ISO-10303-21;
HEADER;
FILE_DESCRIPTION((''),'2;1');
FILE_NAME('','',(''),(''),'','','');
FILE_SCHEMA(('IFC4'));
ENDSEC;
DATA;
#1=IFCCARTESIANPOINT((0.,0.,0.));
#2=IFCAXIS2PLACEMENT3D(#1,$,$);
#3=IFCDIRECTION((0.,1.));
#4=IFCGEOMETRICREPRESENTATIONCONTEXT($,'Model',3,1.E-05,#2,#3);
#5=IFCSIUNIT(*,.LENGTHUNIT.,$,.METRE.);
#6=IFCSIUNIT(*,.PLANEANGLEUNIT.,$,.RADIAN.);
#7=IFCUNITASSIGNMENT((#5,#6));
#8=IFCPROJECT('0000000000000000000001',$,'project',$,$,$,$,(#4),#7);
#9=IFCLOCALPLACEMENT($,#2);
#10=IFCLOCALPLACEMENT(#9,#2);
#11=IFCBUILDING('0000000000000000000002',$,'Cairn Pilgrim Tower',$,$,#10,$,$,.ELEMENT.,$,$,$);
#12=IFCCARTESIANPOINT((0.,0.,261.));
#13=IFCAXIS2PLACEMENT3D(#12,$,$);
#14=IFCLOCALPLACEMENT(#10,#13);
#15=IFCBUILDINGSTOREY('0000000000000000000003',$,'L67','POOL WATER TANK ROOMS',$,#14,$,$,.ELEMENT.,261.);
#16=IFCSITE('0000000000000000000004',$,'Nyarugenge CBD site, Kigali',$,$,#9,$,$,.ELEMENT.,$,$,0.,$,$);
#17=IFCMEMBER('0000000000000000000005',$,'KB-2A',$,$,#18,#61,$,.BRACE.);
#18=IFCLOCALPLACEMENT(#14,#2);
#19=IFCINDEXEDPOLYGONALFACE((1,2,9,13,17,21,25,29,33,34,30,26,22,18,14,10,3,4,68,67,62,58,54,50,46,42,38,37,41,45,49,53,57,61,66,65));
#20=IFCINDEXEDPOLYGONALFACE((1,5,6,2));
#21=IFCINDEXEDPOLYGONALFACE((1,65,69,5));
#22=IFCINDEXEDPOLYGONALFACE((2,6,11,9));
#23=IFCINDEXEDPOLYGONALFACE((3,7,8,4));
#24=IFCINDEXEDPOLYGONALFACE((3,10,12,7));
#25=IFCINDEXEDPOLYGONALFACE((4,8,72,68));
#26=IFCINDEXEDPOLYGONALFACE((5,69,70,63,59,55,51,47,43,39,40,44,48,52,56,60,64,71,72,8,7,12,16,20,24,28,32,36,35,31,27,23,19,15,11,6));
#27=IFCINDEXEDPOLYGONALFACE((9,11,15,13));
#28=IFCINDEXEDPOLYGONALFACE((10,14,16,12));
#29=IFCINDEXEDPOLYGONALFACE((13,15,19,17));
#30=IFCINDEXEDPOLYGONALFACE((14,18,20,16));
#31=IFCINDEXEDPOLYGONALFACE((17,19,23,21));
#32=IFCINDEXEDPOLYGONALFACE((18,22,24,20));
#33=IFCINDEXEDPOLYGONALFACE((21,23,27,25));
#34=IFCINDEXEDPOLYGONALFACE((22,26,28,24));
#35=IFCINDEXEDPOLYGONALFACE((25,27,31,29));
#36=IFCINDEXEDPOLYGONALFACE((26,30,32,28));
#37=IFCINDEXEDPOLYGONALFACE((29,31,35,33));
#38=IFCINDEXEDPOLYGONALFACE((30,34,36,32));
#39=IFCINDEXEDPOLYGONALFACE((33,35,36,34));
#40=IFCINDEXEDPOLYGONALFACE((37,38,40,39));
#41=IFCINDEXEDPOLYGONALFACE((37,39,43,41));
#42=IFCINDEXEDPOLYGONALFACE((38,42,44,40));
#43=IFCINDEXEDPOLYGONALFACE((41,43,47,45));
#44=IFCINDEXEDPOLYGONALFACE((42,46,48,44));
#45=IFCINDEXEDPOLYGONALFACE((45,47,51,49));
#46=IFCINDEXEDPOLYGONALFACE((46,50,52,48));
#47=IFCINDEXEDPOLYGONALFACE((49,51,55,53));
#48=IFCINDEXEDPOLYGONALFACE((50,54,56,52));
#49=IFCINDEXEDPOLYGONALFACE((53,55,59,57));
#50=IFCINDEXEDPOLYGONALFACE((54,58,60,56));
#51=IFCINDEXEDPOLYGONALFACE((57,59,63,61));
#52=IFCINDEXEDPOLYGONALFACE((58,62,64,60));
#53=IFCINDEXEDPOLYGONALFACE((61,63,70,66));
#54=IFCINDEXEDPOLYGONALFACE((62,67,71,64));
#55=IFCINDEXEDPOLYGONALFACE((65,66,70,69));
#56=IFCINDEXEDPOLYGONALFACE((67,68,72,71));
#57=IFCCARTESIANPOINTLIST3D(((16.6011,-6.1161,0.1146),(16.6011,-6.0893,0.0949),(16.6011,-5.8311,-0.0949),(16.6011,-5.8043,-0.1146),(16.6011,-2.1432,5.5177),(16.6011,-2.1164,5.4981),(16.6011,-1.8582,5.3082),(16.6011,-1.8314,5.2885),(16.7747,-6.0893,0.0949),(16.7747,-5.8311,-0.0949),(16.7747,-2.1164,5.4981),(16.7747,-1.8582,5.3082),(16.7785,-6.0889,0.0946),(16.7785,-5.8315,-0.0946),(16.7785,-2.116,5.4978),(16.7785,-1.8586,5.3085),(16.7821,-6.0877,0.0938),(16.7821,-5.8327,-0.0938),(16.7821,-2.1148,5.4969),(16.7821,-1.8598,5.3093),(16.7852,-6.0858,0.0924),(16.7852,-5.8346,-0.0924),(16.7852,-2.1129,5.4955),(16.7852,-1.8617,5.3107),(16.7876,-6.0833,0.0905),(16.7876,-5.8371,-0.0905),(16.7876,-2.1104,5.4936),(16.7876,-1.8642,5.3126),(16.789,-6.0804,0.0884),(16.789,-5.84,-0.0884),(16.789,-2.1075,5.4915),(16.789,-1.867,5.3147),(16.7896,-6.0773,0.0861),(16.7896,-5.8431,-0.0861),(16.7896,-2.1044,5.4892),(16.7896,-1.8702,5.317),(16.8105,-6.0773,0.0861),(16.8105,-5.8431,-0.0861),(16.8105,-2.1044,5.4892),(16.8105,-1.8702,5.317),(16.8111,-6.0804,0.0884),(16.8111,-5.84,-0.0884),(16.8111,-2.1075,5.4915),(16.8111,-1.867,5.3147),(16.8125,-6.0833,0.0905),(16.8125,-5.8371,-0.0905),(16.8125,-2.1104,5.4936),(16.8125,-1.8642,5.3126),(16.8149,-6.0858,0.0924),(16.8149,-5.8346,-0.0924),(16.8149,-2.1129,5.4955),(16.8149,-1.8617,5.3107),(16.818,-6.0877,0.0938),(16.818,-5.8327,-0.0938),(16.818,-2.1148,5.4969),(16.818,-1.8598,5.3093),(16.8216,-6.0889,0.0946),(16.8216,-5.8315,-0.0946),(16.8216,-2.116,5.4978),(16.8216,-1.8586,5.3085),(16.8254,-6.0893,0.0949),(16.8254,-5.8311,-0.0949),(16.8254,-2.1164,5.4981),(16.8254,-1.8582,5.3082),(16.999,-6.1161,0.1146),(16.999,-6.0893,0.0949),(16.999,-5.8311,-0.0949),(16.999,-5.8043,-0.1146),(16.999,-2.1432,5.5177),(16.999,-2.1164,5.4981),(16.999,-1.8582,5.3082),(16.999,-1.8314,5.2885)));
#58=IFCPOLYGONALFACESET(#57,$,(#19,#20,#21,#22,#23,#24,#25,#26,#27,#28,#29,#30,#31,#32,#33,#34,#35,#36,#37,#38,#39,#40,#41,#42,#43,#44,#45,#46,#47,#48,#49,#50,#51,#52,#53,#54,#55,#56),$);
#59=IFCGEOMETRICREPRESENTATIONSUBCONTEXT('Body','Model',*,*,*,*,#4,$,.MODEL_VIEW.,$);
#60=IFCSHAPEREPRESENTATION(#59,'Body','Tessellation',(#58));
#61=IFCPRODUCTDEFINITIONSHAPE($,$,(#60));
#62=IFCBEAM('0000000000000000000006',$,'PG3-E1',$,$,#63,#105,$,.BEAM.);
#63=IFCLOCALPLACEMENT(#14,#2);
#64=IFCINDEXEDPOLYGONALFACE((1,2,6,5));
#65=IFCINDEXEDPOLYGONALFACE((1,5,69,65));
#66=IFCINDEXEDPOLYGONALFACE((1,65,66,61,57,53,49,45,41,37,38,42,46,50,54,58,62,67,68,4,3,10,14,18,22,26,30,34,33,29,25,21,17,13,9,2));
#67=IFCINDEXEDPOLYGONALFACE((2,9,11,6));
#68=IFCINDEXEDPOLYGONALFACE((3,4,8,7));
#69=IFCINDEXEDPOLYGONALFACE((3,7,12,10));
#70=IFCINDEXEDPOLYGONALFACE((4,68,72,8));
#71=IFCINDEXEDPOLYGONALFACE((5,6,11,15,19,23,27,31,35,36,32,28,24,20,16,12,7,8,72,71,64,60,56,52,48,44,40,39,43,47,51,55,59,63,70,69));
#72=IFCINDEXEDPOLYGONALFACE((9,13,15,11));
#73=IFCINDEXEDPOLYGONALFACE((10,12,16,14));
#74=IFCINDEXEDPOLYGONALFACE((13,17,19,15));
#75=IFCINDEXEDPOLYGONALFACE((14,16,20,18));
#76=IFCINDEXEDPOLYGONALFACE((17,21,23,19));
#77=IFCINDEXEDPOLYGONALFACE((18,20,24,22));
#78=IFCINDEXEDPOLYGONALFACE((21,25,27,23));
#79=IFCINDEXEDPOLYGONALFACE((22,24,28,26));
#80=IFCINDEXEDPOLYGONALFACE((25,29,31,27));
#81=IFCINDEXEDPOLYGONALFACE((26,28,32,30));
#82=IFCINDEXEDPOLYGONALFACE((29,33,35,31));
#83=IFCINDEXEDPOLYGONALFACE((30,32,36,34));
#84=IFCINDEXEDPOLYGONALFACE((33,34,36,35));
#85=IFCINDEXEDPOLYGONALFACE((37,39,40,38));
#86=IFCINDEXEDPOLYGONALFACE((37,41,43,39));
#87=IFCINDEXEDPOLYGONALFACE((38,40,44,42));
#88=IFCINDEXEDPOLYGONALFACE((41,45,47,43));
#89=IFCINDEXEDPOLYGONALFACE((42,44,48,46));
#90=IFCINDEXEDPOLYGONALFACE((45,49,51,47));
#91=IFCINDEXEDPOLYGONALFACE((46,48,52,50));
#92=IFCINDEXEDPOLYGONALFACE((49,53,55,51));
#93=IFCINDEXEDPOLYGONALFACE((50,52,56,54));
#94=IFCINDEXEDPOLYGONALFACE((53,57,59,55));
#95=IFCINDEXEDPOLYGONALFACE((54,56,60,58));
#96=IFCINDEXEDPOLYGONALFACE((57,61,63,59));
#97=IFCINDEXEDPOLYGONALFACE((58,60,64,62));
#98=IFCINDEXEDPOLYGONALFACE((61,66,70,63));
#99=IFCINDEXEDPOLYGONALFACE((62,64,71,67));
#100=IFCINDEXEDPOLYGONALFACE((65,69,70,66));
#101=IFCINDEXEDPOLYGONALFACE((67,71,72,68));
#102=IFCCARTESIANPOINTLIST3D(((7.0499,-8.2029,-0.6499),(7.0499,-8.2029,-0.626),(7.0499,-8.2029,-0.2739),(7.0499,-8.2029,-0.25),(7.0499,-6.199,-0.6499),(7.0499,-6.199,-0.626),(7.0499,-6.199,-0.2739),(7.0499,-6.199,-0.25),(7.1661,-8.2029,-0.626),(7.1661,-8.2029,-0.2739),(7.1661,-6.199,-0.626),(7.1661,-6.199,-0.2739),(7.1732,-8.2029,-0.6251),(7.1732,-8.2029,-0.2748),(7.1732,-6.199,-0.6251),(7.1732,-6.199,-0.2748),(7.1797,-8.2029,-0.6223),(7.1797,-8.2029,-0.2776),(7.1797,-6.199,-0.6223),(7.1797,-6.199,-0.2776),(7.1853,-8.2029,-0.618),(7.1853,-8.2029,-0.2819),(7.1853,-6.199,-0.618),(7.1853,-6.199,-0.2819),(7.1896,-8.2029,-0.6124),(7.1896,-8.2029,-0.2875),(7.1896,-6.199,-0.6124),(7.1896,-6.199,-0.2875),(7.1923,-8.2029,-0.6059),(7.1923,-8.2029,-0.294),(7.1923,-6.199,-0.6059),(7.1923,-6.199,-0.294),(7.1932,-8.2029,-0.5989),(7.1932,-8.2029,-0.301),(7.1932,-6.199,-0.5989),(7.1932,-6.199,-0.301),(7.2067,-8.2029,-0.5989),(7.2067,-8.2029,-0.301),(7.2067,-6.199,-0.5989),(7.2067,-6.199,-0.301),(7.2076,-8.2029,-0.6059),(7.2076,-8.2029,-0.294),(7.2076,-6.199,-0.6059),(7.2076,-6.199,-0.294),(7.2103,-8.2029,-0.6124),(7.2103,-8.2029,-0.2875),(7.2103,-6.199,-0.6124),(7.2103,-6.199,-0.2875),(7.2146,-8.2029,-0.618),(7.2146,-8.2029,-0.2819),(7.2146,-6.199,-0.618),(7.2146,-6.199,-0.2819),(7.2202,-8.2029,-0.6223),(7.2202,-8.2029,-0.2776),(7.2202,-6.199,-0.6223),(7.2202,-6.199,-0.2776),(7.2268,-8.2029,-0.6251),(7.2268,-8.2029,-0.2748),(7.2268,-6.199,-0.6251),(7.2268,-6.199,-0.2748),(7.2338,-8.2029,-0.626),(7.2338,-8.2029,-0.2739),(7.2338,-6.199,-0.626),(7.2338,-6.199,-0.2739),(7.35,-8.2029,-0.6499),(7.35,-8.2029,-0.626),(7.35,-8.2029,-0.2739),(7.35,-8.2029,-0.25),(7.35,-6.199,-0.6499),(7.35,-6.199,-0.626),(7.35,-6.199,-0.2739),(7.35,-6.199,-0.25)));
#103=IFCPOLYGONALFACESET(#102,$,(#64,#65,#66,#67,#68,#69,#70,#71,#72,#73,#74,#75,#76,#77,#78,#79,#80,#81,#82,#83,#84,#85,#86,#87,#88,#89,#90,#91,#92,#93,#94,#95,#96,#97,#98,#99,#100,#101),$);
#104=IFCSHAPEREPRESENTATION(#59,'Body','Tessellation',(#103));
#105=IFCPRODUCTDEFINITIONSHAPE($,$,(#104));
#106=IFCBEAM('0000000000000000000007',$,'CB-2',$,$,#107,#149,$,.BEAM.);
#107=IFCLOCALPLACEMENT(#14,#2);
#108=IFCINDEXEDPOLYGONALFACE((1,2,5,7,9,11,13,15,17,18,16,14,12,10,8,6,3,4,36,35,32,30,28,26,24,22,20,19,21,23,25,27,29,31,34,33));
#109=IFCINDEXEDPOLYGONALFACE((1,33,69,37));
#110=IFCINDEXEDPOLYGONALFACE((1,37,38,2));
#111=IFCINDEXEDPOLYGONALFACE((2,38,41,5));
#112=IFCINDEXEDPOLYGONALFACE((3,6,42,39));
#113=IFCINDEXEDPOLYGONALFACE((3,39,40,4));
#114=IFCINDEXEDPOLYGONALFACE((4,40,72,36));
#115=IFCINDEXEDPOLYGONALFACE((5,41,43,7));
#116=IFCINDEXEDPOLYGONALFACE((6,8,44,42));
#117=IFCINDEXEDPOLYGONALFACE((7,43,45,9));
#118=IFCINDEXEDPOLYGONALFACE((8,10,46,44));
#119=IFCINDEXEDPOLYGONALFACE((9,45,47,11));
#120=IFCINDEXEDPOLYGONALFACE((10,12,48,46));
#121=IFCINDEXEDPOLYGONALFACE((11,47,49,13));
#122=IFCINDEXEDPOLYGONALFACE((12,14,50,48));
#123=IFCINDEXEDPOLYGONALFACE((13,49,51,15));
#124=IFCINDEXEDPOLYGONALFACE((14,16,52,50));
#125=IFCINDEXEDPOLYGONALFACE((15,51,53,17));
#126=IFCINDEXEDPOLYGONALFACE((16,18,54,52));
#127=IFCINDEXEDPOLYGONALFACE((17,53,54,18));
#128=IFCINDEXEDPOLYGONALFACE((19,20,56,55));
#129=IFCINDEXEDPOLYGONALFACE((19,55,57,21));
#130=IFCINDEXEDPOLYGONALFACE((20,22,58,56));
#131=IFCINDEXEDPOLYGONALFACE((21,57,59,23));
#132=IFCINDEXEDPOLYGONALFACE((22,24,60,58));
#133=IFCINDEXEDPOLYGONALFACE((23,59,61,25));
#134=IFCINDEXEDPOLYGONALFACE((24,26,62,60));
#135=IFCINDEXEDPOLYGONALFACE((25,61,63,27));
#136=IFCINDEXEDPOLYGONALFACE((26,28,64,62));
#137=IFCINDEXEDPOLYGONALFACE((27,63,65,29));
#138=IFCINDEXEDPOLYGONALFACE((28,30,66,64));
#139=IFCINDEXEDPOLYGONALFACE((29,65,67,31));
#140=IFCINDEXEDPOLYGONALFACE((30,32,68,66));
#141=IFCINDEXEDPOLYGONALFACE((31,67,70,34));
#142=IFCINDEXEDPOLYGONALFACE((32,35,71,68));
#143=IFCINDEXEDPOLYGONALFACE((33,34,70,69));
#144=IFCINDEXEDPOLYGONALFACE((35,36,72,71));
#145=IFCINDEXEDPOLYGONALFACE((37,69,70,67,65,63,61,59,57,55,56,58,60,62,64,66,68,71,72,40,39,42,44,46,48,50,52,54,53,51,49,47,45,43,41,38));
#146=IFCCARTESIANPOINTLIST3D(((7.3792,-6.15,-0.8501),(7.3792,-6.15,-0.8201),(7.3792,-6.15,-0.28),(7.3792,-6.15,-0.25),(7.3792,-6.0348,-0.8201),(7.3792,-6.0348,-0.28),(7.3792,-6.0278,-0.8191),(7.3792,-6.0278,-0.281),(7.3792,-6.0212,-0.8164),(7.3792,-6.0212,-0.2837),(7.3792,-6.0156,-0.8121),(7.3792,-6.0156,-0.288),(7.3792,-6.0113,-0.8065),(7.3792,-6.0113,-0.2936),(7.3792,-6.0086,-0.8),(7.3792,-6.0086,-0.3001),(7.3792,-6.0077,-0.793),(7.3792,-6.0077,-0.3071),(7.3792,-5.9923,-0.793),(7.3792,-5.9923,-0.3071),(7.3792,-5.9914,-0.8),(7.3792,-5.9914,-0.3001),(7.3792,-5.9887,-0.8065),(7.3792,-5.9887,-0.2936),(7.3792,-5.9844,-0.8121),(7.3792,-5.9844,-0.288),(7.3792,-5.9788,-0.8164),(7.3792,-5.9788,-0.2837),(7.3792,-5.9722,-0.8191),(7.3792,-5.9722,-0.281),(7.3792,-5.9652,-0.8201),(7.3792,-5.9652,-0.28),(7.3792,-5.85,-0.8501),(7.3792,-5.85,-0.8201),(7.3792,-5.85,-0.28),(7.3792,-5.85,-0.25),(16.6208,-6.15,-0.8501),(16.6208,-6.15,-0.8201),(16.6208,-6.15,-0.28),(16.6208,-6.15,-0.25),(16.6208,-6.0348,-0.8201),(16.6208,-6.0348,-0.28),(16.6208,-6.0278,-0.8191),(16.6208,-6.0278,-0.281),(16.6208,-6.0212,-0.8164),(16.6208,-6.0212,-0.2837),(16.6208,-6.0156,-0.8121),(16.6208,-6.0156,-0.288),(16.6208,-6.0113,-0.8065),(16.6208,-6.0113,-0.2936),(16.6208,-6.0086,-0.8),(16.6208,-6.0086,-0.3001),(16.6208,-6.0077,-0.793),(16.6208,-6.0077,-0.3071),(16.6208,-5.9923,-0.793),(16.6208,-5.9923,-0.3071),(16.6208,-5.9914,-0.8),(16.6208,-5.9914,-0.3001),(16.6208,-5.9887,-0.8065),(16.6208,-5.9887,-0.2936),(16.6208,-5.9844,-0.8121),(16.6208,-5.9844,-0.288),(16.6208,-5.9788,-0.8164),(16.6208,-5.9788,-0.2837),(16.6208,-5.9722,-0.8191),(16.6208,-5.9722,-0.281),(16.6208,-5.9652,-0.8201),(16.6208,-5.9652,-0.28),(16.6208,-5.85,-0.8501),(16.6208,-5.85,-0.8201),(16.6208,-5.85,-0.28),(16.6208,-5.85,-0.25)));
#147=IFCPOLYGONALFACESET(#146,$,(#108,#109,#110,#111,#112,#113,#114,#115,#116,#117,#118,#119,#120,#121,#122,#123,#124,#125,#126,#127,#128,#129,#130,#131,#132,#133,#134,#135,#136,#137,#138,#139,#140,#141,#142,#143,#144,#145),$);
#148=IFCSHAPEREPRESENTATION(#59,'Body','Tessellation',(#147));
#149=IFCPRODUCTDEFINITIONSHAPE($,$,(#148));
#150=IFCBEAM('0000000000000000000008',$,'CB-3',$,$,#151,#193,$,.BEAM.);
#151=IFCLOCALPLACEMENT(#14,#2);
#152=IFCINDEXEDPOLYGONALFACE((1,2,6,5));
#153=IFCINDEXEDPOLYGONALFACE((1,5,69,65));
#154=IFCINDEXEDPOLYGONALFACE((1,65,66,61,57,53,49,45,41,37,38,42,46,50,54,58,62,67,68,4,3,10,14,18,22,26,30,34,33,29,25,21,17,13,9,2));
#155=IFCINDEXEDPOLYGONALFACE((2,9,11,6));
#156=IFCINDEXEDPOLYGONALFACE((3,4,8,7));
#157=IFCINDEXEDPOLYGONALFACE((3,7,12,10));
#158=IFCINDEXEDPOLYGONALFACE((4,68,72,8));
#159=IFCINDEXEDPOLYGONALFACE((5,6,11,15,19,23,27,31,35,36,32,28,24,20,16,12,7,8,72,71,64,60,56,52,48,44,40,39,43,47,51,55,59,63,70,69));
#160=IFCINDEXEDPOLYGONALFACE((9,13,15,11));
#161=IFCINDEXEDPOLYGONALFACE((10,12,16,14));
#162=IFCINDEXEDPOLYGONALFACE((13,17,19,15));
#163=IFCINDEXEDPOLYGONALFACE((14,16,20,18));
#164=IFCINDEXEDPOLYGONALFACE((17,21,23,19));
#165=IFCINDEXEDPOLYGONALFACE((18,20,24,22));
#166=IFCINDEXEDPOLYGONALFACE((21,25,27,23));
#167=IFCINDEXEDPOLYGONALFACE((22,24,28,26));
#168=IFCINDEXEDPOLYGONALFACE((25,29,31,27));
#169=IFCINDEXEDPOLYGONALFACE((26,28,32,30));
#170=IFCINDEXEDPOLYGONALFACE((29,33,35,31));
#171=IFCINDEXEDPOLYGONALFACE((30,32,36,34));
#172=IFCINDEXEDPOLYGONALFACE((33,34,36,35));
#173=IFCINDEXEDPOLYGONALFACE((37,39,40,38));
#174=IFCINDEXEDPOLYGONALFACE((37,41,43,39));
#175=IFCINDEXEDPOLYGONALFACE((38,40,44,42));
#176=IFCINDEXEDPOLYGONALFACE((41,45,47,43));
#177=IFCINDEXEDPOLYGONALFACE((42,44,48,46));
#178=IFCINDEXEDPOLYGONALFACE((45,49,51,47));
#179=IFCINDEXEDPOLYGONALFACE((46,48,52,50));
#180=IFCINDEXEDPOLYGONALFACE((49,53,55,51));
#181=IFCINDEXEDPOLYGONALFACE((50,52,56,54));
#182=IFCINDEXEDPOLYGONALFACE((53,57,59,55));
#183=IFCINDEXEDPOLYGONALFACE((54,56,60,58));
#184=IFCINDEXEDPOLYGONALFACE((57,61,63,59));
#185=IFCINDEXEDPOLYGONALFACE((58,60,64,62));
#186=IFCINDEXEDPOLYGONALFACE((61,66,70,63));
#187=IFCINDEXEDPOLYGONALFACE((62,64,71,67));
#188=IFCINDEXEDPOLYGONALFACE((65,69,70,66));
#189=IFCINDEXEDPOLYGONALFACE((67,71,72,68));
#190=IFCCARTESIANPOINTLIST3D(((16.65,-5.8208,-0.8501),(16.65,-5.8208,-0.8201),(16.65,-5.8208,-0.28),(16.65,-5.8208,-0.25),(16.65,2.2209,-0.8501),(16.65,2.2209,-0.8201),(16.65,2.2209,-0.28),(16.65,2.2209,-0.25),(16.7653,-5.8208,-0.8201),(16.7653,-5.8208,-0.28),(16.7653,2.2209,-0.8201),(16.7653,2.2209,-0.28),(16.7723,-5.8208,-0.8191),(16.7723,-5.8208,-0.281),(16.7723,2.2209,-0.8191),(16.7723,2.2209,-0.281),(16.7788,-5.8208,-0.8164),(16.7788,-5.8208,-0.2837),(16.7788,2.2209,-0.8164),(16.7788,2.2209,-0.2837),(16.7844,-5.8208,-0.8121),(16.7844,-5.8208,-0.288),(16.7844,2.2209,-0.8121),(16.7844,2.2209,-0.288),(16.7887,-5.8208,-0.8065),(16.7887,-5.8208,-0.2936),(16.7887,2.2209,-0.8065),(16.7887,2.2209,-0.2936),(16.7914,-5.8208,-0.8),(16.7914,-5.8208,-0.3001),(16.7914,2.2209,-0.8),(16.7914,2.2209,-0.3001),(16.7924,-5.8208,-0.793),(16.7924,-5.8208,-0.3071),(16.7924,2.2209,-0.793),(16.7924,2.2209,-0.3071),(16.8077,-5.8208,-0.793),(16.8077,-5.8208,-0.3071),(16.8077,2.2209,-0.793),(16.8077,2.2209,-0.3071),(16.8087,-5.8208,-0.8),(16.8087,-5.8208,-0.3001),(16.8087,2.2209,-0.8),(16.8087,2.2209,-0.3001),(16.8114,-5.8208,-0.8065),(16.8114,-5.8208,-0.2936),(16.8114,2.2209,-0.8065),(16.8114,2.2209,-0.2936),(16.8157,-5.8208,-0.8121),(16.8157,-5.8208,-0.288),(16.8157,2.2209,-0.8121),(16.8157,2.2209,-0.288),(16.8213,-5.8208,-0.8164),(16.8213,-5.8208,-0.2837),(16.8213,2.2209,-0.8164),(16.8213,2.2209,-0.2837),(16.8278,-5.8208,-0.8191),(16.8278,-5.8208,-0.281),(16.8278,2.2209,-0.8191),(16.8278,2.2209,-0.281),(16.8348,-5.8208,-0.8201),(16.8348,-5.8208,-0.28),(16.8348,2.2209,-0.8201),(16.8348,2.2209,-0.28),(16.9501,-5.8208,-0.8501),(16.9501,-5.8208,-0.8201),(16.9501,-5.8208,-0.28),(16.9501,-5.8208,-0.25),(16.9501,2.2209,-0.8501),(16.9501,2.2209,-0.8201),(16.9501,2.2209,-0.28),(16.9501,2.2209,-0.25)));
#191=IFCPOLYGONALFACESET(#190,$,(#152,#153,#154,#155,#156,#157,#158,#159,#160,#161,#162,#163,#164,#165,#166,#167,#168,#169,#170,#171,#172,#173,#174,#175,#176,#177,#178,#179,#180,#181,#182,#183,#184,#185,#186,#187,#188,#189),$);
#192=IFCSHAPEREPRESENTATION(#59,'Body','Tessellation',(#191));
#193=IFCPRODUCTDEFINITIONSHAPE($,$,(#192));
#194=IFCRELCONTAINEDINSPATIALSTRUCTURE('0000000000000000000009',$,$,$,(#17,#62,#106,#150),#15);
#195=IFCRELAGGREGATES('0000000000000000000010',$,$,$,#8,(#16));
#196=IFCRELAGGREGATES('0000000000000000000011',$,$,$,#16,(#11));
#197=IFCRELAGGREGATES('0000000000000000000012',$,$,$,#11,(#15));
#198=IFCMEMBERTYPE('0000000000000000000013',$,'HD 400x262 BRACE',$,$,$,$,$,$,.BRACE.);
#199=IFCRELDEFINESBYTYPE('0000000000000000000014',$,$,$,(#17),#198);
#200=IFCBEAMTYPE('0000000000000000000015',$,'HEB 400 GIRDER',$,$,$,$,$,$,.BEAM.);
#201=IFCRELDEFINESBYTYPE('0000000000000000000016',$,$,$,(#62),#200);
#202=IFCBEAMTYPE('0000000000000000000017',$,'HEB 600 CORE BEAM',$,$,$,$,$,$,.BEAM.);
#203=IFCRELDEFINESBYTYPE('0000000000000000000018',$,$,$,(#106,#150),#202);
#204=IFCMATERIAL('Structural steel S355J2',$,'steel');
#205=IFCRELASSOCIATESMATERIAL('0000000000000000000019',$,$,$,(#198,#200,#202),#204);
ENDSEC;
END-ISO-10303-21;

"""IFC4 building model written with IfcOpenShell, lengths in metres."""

from ifc_helpers import new_model, si_unit, direction, frame, origin, origin_2d, place, context, subcontext, project, spatial, i_section, extrude, material, material_profile, profile_set, type_object, element, save


model = new_model("IFC4")

# Units and contexts
model_context = context("Model", 3, precision=1e-05, world=origin(), true_north=direction((0.0, 1.0)))
body_context = subcontext(model_context, "Body", "Model", "MODEL_VIEW")
ifc_project = project(units=[si_unit("LENGTHUNIT", "METRE"), si_unit("PLANEANGLEUNIT", "RADIAN")], contexts=[model_context])

# Site, building, storey
site_placement = place(None, origin())
site = spatial("IfcSite", under=ifc_project, at=site_placement, Name="Nyarugenge CBD site, Kigali", CompositionType="ELEMENT", RefElevation=0.0)
building_placement = place(site_placement, origin())
building = spatial("IfcBuilding", under=site, at=building_placement, Name="Cairn Pilgrim Tower", CompositionType="ELEMENT")
storey_placement = place(building_placement, frame((0.0, 0.0, 261.0)))
storey = spatial("IfcBuildingStorey", under=building, at=storey_placement, Name="L67", Description="POOL WATER TANK ROOMS", CompositionType="ELEMENT", Elevation=261.0)

# Shared definitions
ifc_material_1 = material(Name="Structural steel S355J2", Category="steel")

# Member
ifc_material_profile_1 = material_profile(ifc_material_1, i_section(OverallWidth=0.3979, OverallDepth=0.387, WebThickness=0.021, FlangeThickness=0.0332, FilletRadius=0.0149, at=origin_2d()), Name="HD 400x262")
ifc_profile_set_1 = profile_set([ifc_material_profile_1], Name="Structural steel S355J2")
member_type = type_object("IfcMemberType", Name="HD 400x262 BRACE", PredefinedType="BRACE", material=ifc_profile_set_1)
member_1_placement = place(storey_placement, frame((16.8, -5.9602, 0.0), z_axis=(0.0, 0.592395, 0.805647), x_axis=(-1.0, 0.0, 0.0)))
element("IfcMember", 1, at=member_1_placement, inside=storey, type_object=member_type, Name="KB-2A", PredefinedType="BRACE", context=body_context, shape_type="SweptSolid", body=[
    extrude(i_section(OverallWidth=0.3979, OverallDepth=0.387, WebThickness=0.021, FlangeThickness=0.0332, FilletRadius=0.0149, at=origin_2d()), origin(), (0.0, 0.0, 1.0), 6.7065),
])

# Beams
ifc_material_profile_2 = material_profile(ifc_material_1, i_section(OverallWidth=0.3, OverallDepth=0.3999, WebThickness=0.0134, FlangeThickness=0.0239, FilletRadius=0.0271, at=origin_2d()), Name="HEB 400")
ifc_profile_set_2 = profile_set([ifc_material_profile_2], Name="Structural steel S355J2")
beam_type_1 = type_object("IfcBeamType", Name="HEB 400 GIRDER", PredefinedType="BEAM", material=ifc_profile_set_2)
beam_1_placement = place(storey_placement, frame((7.2, -8.2029, -0.45), z_axis=(0.0, 1.0, 0.0), x_axis=(-1.0, 0.0, 0.0)))
element("IfcBeam", 2, at=beam_1_placement, inside=storey, type_object=beam_type_1, Name="PG3-E1", PredefinedType="BEAM", context=body_context, shape_type="SweptSolid", body=[
    extrude(i_section(OverallWidth=0.3, OverallDepth=0.3999, WebThickness=0.0134, FlangeThickness=0.0239, FilletRadius=0.0271, at=origin_2d()), origin(), (0.0, 0.0, 1.0), 2.0039),
])
ifc_material_profile_3 = material_profile(ifc_material_1, i_section(OverallWidth=0.3, OverallDepth=0.6001, WebThickness=0.0154, FlangeThickness=0.03, FilletRadius=0.0271, at=origin_2d()), Name="HEB 600")
ifc_profile_set_3 = profile_set([ifc_material_profile_3], Name="Structural steel S355J2")
beam_type_2 = type_object("IfcBeamType", Name="HEB 600 CORE BEAM", PredefinedType="BEAM", material=ifc_profile_set_3)
beam_2_placement = place(storey_placement, frame((7.3792, -6.0, -0.55), z_axis=(1.0, 0.0, 0.0), x_axis=(0.0, 1.0, 0.0)))
element("IfcBeam", 3, at=beam_2_placement, inside=storey, type_object=beam_type_2, Name="CB-2", PredefinedType="BEAM", context=body_context, shape_type="SweptSolid", body=[
    extrude(i_section(OverallWidth=0.3, OverallDepth=0.6001, WebThickness=0.0154, FlangeThickness=0.03, FilletRadius=0.0271, at=origin_2d()), origin(), (0.0, 0.0, 1.0), 9.2417),
])
beam_3_placement = place(storey_placement, frame((16.8, -5.8208, -0.55), z_axis=(0.0, 1.0, 0.0), x_axis=(-1.0, 0.0, 0.0)))
element("IfcBeam", 4, at=beam_3_placement, inside=storey, type_object=beam_type_2, Name="CB-3", PredefinedType="BEAM", context=body_context, shape_type="SweptSolid", body=[
    extrude(i_section(OverallWidth=0.3, OverallDepth=0.6001, WebThickness=0.0154, FlangeThickness=0.03, FilletRadius=0.0271, at=origin_2d()), origin(), (0.0, 0.0, 1.0), 8.0417),
])

save(model, "model.ifc")
